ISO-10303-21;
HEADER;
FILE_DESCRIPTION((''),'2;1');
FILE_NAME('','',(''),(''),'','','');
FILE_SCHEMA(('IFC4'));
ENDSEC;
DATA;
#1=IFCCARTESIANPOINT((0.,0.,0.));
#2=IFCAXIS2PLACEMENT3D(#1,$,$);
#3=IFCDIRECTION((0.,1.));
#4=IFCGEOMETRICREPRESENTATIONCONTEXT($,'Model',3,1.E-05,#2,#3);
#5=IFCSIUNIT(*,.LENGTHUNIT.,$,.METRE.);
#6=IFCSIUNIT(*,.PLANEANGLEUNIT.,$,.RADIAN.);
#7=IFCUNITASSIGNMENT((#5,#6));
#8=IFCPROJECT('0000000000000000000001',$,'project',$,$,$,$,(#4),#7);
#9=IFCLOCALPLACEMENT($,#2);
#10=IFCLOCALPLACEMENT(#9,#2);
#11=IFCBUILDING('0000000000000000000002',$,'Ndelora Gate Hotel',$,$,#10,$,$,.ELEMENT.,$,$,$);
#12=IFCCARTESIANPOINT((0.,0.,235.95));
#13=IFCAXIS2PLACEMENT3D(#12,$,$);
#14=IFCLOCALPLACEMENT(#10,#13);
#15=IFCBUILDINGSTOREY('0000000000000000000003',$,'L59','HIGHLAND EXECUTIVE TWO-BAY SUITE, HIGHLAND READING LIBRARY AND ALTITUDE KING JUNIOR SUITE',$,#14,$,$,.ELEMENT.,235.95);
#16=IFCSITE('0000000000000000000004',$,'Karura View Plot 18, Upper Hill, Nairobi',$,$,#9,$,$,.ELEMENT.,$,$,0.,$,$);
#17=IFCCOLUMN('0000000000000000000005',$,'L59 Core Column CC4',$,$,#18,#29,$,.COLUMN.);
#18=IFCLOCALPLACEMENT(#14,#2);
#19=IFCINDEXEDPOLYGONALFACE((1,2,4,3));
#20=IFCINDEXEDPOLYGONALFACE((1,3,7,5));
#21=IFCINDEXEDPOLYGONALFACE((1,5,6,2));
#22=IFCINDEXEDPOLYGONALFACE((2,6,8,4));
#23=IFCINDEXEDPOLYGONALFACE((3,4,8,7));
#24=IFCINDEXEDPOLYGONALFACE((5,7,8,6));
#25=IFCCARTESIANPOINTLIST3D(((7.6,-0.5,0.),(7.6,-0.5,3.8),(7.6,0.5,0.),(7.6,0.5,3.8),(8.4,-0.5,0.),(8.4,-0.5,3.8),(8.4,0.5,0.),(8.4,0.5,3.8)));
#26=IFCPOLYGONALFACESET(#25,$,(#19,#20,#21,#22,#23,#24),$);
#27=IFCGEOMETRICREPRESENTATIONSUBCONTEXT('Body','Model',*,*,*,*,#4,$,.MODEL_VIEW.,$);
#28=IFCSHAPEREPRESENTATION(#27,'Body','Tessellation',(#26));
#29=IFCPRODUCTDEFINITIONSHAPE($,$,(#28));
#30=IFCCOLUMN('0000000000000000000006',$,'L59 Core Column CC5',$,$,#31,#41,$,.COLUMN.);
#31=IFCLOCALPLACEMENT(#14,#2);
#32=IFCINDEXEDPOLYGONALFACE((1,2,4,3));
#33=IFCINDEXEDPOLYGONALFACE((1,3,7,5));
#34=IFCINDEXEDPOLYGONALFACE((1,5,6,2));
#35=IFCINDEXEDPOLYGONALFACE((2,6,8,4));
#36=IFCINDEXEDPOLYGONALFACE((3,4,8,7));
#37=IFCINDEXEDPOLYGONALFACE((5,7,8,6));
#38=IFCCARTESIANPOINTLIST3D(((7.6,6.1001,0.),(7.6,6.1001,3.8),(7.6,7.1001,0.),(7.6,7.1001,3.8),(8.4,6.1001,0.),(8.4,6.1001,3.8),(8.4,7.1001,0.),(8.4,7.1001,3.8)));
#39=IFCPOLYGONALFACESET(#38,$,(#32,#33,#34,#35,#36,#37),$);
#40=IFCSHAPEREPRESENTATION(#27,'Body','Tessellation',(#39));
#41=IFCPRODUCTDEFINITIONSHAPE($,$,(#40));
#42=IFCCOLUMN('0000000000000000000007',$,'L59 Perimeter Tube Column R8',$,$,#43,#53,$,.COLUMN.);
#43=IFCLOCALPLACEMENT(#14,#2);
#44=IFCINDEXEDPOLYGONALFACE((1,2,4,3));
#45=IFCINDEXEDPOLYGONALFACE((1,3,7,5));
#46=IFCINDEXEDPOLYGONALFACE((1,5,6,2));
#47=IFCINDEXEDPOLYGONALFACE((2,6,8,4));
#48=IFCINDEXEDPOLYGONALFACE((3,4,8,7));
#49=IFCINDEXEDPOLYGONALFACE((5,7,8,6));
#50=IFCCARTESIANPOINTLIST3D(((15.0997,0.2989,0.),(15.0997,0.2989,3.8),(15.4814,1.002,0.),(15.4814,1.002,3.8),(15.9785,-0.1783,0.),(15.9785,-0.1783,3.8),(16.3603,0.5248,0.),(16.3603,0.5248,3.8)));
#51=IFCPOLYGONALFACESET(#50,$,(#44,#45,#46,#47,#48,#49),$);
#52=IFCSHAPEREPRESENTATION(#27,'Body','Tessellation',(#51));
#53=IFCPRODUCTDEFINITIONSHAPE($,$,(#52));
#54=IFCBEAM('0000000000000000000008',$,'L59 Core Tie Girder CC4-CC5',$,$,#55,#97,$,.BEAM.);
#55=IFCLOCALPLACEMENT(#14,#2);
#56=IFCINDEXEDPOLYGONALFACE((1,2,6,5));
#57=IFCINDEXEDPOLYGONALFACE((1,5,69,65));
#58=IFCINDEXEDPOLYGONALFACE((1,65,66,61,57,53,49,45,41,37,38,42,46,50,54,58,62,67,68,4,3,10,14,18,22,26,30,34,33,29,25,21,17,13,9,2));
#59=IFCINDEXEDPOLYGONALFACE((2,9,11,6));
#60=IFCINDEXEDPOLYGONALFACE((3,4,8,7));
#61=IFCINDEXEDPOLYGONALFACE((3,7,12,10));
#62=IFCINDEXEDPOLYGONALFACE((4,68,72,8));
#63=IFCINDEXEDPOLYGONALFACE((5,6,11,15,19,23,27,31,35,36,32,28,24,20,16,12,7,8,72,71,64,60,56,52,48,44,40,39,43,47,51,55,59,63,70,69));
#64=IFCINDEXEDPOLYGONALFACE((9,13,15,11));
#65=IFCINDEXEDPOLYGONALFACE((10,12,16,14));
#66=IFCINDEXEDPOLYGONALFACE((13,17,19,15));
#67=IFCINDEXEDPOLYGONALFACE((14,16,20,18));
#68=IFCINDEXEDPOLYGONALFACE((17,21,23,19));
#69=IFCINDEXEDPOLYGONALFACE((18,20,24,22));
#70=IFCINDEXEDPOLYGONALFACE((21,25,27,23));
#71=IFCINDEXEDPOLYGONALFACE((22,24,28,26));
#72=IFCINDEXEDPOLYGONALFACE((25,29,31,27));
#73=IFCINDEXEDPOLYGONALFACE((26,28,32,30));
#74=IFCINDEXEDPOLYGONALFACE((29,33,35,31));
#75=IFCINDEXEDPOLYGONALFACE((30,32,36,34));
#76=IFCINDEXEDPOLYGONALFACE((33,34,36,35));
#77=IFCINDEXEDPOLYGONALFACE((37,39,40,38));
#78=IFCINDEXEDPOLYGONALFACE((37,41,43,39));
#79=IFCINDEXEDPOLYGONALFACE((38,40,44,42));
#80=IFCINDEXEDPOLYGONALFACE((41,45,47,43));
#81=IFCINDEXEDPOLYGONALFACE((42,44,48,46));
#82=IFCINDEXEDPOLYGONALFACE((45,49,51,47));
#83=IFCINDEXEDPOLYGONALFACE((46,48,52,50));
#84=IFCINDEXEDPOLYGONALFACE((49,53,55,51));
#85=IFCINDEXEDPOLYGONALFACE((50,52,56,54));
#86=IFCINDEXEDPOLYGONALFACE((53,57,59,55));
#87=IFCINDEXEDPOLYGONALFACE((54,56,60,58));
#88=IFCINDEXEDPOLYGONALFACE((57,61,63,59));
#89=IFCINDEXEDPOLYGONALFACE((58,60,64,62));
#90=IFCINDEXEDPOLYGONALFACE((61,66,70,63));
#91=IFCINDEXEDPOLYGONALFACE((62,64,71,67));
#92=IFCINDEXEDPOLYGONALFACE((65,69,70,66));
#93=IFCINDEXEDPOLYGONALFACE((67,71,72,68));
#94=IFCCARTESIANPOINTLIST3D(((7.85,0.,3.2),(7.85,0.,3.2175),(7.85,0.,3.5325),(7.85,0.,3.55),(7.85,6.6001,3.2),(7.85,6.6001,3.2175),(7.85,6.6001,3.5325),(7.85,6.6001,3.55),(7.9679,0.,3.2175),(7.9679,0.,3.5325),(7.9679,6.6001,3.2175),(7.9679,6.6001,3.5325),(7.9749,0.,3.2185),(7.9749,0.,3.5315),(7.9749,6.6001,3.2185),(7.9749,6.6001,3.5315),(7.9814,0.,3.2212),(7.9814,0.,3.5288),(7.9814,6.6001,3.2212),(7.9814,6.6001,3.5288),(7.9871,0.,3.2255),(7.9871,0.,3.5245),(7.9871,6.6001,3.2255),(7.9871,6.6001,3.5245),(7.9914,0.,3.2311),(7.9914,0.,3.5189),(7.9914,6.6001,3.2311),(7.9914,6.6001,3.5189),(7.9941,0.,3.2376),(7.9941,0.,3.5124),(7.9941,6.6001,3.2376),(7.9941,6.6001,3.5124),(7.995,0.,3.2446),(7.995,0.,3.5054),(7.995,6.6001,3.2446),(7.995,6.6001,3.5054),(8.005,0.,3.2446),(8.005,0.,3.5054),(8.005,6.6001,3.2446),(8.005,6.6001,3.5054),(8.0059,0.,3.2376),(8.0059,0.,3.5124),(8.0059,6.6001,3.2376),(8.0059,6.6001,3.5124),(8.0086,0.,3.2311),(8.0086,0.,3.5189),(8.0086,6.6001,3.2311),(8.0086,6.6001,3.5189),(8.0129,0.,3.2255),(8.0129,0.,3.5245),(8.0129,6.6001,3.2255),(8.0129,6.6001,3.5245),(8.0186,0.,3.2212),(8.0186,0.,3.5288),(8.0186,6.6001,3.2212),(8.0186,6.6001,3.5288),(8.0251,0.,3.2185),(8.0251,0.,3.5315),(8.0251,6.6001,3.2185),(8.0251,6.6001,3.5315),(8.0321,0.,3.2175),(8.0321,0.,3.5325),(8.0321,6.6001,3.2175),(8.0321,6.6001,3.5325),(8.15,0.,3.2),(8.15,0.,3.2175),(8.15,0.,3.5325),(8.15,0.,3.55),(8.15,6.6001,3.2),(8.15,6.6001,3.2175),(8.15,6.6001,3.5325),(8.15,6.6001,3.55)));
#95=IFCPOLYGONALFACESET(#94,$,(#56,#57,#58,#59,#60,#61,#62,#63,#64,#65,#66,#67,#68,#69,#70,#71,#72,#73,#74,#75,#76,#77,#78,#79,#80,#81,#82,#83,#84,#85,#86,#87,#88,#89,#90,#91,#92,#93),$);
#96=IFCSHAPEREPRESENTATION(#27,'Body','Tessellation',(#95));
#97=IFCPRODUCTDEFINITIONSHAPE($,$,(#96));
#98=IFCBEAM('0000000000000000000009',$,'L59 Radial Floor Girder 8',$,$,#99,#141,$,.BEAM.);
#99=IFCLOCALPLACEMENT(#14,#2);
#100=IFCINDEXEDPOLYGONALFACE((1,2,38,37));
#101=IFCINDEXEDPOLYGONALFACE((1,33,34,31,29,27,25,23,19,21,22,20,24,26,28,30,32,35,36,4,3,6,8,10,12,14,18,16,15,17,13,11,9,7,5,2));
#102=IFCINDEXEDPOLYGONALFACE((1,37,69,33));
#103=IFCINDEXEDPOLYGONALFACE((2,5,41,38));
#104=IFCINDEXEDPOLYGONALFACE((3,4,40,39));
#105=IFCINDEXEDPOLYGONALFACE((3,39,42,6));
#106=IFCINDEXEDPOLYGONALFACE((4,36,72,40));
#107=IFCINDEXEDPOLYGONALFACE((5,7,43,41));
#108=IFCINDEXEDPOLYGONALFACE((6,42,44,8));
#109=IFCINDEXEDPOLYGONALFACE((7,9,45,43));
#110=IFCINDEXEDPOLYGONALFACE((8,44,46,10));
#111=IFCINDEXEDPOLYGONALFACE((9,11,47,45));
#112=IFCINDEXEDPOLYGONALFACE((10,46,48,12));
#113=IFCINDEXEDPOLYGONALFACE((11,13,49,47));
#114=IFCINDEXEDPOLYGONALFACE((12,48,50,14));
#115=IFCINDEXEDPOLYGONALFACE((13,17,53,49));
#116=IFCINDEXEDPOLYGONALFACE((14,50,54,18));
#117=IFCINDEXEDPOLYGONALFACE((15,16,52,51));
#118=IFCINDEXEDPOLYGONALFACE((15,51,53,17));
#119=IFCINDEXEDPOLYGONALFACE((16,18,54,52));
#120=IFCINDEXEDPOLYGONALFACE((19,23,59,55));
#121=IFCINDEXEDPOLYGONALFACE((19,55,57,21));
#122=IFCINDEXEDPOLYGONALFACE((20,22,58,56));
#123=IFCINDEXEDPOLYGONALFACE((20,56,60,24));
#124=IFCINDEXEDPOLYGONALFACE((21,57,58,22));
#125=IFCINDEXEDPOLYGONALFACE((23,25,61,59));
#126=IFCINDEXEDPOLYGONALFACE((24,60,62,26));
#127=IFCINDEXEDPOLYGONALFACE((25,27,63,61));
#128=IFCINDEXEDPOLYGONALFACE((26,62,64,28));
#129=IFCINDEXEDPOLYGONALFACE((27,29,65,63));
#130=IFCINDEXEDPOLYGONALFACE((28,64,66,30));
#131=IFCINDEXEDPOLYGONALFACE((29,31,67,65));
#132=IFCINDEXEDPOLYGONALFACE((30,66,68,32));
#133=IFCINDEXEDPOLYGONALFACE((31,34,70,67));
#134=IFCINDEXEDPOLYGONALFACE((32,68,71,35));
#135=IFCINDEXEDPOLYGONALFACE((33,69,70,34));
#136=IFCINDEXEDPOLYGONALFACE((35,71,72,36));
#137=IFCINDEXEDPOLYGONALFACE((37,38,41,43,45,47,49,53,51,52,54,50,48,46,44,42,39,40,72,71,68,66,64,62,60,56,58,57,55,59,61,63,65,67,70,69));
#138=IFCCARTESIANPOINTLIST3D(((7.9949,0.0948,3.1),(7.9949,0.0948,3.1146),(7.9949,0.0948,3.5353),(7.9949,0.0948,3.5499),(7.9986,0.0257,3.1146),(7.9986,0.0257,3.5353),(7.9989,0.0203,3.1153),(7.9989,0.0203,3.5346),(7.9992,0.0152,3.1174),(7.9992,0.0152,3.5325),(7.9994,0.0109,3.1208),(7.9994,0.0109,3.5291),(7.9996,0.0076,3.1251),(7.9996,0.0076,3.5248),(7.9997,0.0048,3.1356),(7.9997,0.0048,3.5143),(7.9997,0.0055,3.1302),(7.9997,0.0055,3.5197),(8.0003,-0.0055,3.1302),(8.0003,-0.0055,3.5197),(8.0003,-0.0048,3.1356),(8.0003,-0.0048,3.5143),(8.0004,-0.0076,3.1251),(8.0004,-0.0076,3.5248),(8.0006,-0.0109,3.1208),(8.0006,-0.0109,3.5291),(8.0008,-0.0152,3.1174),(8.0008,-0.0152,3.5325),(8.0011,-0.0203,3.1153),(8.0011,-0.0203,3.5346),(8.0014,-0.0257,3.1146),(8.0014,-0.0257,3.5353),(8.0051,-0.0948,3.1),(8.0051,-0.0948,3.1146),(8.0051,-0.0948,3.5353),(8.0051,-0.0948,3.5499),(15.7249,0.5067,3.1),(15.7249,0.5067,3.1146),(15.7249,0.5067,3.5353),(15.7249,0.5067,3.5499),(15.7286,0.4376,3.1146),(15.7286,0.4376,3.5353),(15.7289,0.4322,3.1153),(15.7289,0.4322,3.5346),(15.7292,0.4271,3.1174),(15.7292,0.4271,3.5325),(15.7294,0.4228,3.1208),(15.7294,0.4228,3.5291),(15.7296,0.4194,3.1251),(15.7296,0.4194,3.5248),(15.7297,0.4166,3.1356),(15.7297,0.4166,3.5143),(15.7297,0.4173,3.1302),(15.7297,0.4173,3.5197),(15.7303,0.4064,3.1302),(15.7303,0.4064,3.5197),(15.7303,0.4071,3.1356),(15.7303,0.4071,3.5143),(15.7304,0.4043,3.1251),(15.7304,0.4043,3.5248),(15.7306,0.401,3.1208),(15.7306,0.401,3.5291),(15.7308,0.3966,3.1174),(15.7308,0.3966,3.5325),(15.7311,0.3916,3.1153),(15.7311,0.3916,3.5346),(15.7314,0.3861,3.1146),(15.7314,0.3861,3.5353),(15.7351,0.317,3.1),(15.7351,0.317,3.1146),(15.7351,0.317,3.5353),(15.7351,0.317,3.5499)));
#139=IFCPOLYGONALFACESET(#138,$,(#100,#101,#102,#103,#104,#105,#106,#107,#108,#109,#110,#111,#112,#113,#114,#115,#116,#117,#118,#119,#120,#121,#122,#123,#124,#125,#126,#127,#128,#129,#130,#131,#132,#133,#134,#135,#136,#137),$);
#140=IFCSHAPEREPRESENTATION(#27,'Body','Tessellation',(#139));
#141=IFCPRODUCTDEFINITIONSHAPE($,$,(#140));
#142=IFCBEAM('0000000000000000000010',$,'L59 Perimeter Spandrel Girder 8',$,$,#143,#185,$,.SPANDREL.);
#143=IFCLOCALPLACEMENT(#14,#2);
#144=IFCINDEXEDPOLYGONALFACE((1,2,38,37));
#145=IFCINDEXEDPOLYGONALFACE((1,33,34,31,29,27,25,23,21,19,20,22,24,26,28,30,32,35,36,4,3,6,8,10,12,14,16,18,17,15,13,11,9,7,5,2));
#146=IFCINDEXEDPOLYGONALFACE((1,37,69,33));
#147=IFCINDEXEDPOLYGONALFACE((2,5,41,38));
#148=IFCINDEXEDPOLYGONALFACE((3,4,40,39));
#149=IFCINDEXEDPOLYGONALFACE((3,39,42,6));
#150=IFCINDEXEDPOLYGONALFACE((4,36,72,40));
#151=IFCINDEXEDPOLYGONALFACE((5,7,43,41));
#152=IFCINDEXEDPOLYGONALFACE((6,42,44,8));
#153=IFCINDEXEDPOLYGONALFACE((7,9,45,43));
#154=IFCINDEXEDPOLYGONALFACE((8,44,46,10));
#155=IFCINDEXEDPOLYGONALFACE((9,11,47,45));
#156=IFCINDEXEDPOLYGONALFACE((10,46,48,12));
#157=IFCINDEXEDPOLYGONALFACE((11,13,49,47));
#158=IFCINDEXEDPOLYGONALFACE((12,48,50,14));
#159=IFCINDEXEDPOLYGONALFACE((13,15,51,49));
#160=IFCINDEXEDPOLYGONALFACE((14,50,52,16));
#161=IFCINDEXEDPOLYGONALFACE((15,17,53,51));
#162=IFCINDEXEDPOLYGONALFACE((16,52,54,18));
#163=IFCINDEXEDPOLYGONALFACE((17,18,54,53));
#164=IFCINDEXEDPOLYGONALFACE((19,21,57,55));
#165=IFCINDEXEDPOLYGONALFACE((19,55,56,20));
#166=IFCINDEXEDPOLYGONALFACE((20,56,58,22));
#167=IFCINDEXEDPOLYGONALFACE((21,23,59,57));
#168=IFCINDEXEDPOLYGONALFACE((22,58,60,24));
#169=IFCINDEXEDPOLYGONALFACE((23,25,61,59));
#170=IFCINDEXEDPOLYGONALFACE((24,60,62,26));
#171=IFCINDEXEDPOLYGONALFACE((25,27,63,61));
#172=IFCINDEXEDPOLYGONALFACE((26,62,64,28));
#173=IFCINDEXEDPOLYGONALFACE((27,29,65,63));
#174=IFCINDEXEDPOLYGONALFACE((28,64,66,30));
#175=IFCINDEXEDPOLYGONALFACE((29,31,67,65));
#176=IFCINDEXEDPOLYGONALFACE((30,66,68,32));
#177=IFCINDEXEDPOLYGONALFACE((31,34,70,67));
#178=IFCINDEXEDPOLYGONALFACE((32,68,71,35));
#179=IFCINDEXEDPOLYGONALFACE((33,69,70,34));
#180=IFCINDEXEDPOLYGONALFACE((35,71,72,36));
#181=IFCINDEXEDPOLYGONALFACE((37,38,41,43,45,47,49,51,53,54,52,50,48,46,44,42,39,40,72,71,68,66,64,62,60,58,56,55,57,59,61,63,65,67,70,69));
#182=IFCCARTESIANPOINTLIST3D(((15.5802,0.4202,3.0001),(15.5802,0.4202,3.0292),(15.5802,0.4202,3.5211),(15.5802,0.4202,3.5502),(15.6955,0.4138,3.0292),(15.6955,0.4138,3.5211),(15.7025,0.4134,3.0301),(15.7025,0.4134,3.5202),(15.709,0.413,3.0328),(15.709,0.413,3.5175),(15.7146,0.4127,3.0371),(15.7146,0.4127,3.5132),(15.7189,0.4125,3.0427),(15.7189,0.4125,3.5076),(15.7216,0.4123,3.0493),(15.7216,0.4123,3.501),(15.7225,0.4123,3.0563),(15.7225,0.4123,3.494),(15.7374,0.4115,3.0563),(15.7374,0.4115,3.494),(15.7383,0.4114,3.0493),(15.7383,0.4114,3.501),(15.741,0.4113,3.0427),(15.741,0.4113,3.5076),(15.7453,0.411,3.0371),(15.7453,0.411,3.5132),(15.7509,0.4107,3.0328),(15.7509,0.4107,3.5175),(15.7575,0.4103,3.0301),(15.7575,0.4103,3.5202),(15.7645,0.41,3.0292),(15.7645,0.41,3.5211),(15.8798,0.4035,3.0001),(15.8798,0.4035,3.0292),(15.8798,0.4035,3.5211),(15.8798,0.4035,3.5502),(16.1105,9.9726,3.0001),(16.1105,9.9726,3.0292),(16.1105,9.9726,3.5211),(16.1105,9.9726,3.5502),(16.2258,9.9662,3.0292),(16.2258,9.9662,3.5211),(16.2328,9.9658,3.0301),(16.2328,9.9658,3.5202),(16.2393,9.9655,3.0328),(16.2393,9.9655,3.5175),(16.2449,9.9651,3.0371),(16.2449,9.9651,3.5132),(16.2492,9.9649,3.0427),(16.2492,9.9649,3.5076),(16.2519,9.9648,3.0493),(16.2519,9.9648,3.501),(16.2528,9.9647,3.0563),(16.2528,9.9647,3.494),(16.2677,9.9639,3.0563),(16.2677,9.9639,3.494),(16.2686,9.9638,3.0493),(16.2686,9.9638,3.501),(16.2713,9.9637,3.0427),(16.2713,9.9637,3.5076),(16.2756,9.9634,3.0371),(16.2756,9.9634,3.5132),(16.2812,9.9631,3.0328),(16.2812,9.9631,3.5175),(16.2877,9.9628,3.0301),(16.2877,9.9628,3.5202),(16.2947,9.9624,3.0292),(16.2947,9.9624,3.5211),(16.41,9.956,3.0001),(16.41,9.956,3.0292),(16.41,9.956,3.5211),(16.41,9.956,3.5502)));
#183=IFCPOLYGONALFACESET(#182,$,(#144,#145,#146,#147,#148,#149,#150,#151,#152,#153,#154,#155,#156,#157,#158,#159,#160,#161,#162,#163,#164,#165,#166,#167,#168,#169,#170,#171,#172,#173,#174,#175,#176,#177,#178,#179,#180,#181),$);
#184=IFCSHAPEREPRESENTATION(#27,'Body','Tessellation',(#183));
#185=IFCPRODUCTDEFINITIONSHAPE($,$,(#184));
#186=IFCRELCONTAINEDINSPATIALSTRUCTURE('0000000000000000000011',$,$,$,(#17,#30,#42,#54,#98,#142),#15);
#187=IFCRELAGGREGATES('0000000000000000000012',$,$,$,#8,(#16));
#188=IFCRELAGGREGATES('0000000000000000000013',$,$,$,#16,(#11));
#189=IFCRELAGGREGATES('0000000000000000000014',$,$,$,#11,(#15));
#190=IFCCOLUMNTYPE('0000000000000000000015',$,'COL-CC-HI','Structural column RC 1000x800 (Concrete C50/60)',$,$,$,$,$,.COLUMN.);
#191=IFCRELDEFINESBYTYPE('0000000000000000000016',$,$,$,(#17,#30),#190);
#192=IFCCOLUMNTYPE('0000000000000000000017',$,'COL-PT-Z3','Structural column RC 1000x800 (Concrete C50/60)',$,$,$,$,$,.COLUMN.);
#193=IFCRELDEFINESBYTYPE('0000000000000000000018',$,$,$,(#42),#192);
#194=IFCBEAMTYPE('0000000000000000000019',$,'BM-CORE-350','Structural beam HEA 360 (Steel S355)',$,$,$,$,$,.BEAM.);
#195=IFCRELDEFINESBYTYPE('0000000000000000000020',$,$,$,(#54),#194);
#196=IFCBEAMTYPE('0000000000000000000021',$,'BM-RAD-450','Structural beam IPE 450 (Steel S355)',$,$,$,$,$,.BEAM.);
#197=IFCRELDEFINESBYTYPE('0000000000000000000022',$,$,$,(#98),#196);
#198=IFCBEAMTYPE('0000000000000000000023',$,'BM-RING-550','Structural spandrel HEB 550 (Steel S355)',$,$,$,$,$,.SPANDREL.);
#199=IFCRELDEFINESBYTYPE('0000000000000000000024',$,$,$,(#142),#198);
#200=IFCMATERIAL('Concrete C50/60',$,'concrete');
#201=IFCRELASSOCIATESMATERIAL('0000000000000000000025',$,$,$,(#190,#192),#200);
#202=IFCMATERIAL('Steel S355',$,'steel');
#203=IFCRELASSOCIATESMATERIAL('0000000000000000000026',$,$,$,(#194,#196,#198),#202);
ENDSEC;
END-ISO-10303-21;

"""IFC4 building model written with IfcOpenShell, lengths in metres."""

from ifc_helpers import new_model, si_unit, direction, frame, origin, origin_2d, place, context, subcontext, project, spatial, rectangle, i_section, extrude, material, material_profile, profile_set, type_object, element, save


model = new_model("IFC4")

# Units and contexts
model_context = context("Model", 3, precision=1e-05, world=origin(), true_north=direction((0.0, 1.0)))
body_context = subcontext(model_context, "Body", "Model", "MODEL_VIEW")
ifc_project = project(units=[si_unit("LENGTHUNIT", "METRE"), si_unit("PLANEANGLEUNIT", "RADIAN")], contexts=[model_context])

# Site, building, storey
site_placement = place(None, origin())
site = spatial("IfcSite", under=ifc_project, at=site_placement, Name="Karura View Plot 18, Upper Hill, Nairobi", CompositionType="ELEMENT", RefElevation=0.0)
building_placement = place(site_placement, origin())
building = spatial("IfcBuilding", under=site, at=building_placement, Name="Ndelora Gate Hotel", CompositionType="ELEMENT")
storey_placement = place(building_placement, frame((0.0, 0.0, 235.95)))
storey = spatial("IfcBuildingStorey", under=building, at=storey_placement, Name="L59", Description="HIGHLAND EXECUTIVE TWO-BAY SUITE, HIGHLAND READING LIBRARY AND ALTITUDE KING JUNIOR SUITE", CompositionType="ELEMENT", Elevation=235.95)

# Columns
ifc_material_1 = material(Name="Concrete C50/60", Category="concrete")
ifc_material_profile_1 = material_profile(ifc_material_1, rectangle(XDim=0.8, YDim=1.0, at=origin_2d()), Name="RC 1000x800")
ifc_profile_set_1 = profile_set([ifc_material_profile_1], Name="Concrete C50/60")
column_type_1 = type_object("IfcColumnType", Name="COL-CC-HI", Description="Structural column RC 1000x800 (Concrete C50/60)", PredefinedType="COLUMN", material=ifc_profile_set_1)
for number, where, z_axis, x_axis, name in (
    (1, (8.0, 0.0, 0.0), (0.0, 0.0, 1.0), (1.0, 0.0, 0.0), "L59 Core Column CC4"),
    (2, (8.0, 6.6001, 0.0), (0.0, 0.0, 1.0), (1.0, 0.0, 0.0), "L59 Core Column CC5"),
):
    element("IfcColumn", number, at=place(storey_placement, frame(where, z_axis=z_axis, x_axis=x_axis)), inside=storey, type_object=column_type_1, Name=name, PredefinedType="COLUMN", context=body_context, shape_type="SweptSolid", body=[
        extrude(rectangle(XDim=0.8, YDim=1.0, at=origin_2d()), origin(), (0.0, 0.0, 1.0), 3.8),
    ])
ifc_material_profile_2 = material_profile(ifc_material_1, rectangle(XDim=0.8, YDim=1.0, at=origin_2d()), Name="RC 1000x800")
ifc_profile_set_2 = profile_set([ifc_material_profile_2], Name="Concrete C50/60")
column_type_2 = type_object("IfcColumnType", Name="COL-PT-Z3", Description="Structural column RC 1000x800 (Concrete C50/60)", PredefinedType="COLUMN", material=ifc_profile_set_2)
column_placement = place(storey_placement, frame((15.73, 0.4119, 0.0), z_axis=(0.0, 0.0, 1.0), x_axis=(0.477159, 0.878817, 0.0)))
element("IfcColumn", 3, at=column_placement, inside=storey, type_object=column_type_2, Name="L59 Perimeter Tube Column R8", PredefinedType="COLUMN", context=body_context, shape_type="SweptSolid", body=[
    extrude(rectangle(XDim=0.8, YDim=1.0, at=origin_2d()), origin(), (0.0, 0.0, 1.0), 3.8),
])

# Beams
ifc_material_2 = material(Name="Steel S355", Category="steel")
ifc_material_profile_3 = material_profile(ifc_material_2, i_section(OverallWidth=0.3, OverallDepth=0.3501, WebThickness=0.01, FlangeThickness=0.0176, FilletRadius=0.0271, at=origin_2d()), Name="HEA 360")
ifc_profile_set_3 = profile_set([ifc_material_profile_3], Name="Steel S355")
beam_type_1 = type_object("IfcBeamType", Name="BM-CORE-350", Description="Structural beam HEA 360 (Steel S355)", PredefinedType="BEAM", material=ifc_profile_set_3)
beam_1_placement = place(storey_placement, frame((8.0, 0.0, 3.375), z_axis=(0.0, 1.0, 0.0), x_axis=(-1.0, 0.0, 0.0)))
element("IfcBeam", 4, at=beam_1_placement, inside=storey, type_object=beam_type_1, Name="L59 Core Tie Girder CC4-CC5", PredefinedType="BEAM", context=body_context, shape_type="SweptSolid", body=[
    extrude(i_section(OverallWidth=0.3, OverallDepth=0.3501, WebThickness=0.01, FlangeThickness=0.0176, FilletRadius=0.0271, at=origin_2d()), origin(), (0.0, 0.0, 1.0), 6.6001),
])
ifc_material_profile_4 = material_profile(ifc_material_2, i_section(OverallWidth=0.1899, OverallDepth=0.45, WebThickness=0.0095, FlangeThickness=0.0146, FilletRadius=0.021, at=origin_2d()), Name="IPE 450")
ifc_profile_set_4 = profile_set([ifc_material_profile_4], Name="Steel S355")
beam_type_2 = type_object("IfcBeamType", Name="BM-RAD-450", Description="Structural beam IPE 450 (Steel S355)", PredefinedType="BEAM", material=ifc_profile_set_4)
beam_2_placement = place(storey_placement, frame((8.0, 0.0, 3.325), z_axis=(0.998584, 0.053206, 0.0), x_axis=(-0.053206, 0.998584, 0.0)))
element("IfcBeam", 5, at=beam_2_placement, inside=storey, type_object=beam_type_2, Name="L59 Radial Floor Girder 8", PredefinedType="BEAM", context=body_context, shape_type="SweptSolid", body=[
    extrude(i_section(OverallWidth=0.1899, OverallDepth=0.45, WebThickness=0.0095, FlangeThickness=0.0146, FilletRadius=0.021, at=origin_2d()), origin(), (0.0, 0.0, 1.0), 7.741),
])
ifc_material_profile_5 = material_profile(ifc_material_2, i_section(OverallWidth=0.3, OverallDepth=0.55, WebThickness=0.0149, FlangeThickness=0.0291, FilletRadius=0.0271, at=origin_2d()), Name="HEB 550")
ifc_profile_set_5 = profile_set([ifc_material_profile_5], Name="Steel S355")
beam_type_3 = type_object("IfcBeamType", Name="BM-RING-550", Description="Structural spandrel HEB 550 (Steel S355)", PredefinedType="SPANDREL", material=ifc_profile_set_5)
beam_3_placement = place(storey_placement, frame((15.73, 0.4119, 3.2751), z_axis=(0.055426, 0.998463, 0.0), x_axis=(-0.998463, 0.055426, 0.0)))
element("IfcBeam", 6, at=beam_3_placement, inside=storey, type_object=beam_type_3, Name="L59 Perimeter Spandrel Girder 8", PredefinedType="SPANDREL", context=body_context, shape_type="SweptSolid", body=[
    extrude(i_section(OverallWidth=0.3, OverallDepth=0.55, WebThickness=0.0149, FlangeThickness=0.0291, FilletRadius=0.0271, at=origin_2d()), origin(), (0.0, 0.0, 1.0), 9.5671),
])

save(model, "model.ifc")
